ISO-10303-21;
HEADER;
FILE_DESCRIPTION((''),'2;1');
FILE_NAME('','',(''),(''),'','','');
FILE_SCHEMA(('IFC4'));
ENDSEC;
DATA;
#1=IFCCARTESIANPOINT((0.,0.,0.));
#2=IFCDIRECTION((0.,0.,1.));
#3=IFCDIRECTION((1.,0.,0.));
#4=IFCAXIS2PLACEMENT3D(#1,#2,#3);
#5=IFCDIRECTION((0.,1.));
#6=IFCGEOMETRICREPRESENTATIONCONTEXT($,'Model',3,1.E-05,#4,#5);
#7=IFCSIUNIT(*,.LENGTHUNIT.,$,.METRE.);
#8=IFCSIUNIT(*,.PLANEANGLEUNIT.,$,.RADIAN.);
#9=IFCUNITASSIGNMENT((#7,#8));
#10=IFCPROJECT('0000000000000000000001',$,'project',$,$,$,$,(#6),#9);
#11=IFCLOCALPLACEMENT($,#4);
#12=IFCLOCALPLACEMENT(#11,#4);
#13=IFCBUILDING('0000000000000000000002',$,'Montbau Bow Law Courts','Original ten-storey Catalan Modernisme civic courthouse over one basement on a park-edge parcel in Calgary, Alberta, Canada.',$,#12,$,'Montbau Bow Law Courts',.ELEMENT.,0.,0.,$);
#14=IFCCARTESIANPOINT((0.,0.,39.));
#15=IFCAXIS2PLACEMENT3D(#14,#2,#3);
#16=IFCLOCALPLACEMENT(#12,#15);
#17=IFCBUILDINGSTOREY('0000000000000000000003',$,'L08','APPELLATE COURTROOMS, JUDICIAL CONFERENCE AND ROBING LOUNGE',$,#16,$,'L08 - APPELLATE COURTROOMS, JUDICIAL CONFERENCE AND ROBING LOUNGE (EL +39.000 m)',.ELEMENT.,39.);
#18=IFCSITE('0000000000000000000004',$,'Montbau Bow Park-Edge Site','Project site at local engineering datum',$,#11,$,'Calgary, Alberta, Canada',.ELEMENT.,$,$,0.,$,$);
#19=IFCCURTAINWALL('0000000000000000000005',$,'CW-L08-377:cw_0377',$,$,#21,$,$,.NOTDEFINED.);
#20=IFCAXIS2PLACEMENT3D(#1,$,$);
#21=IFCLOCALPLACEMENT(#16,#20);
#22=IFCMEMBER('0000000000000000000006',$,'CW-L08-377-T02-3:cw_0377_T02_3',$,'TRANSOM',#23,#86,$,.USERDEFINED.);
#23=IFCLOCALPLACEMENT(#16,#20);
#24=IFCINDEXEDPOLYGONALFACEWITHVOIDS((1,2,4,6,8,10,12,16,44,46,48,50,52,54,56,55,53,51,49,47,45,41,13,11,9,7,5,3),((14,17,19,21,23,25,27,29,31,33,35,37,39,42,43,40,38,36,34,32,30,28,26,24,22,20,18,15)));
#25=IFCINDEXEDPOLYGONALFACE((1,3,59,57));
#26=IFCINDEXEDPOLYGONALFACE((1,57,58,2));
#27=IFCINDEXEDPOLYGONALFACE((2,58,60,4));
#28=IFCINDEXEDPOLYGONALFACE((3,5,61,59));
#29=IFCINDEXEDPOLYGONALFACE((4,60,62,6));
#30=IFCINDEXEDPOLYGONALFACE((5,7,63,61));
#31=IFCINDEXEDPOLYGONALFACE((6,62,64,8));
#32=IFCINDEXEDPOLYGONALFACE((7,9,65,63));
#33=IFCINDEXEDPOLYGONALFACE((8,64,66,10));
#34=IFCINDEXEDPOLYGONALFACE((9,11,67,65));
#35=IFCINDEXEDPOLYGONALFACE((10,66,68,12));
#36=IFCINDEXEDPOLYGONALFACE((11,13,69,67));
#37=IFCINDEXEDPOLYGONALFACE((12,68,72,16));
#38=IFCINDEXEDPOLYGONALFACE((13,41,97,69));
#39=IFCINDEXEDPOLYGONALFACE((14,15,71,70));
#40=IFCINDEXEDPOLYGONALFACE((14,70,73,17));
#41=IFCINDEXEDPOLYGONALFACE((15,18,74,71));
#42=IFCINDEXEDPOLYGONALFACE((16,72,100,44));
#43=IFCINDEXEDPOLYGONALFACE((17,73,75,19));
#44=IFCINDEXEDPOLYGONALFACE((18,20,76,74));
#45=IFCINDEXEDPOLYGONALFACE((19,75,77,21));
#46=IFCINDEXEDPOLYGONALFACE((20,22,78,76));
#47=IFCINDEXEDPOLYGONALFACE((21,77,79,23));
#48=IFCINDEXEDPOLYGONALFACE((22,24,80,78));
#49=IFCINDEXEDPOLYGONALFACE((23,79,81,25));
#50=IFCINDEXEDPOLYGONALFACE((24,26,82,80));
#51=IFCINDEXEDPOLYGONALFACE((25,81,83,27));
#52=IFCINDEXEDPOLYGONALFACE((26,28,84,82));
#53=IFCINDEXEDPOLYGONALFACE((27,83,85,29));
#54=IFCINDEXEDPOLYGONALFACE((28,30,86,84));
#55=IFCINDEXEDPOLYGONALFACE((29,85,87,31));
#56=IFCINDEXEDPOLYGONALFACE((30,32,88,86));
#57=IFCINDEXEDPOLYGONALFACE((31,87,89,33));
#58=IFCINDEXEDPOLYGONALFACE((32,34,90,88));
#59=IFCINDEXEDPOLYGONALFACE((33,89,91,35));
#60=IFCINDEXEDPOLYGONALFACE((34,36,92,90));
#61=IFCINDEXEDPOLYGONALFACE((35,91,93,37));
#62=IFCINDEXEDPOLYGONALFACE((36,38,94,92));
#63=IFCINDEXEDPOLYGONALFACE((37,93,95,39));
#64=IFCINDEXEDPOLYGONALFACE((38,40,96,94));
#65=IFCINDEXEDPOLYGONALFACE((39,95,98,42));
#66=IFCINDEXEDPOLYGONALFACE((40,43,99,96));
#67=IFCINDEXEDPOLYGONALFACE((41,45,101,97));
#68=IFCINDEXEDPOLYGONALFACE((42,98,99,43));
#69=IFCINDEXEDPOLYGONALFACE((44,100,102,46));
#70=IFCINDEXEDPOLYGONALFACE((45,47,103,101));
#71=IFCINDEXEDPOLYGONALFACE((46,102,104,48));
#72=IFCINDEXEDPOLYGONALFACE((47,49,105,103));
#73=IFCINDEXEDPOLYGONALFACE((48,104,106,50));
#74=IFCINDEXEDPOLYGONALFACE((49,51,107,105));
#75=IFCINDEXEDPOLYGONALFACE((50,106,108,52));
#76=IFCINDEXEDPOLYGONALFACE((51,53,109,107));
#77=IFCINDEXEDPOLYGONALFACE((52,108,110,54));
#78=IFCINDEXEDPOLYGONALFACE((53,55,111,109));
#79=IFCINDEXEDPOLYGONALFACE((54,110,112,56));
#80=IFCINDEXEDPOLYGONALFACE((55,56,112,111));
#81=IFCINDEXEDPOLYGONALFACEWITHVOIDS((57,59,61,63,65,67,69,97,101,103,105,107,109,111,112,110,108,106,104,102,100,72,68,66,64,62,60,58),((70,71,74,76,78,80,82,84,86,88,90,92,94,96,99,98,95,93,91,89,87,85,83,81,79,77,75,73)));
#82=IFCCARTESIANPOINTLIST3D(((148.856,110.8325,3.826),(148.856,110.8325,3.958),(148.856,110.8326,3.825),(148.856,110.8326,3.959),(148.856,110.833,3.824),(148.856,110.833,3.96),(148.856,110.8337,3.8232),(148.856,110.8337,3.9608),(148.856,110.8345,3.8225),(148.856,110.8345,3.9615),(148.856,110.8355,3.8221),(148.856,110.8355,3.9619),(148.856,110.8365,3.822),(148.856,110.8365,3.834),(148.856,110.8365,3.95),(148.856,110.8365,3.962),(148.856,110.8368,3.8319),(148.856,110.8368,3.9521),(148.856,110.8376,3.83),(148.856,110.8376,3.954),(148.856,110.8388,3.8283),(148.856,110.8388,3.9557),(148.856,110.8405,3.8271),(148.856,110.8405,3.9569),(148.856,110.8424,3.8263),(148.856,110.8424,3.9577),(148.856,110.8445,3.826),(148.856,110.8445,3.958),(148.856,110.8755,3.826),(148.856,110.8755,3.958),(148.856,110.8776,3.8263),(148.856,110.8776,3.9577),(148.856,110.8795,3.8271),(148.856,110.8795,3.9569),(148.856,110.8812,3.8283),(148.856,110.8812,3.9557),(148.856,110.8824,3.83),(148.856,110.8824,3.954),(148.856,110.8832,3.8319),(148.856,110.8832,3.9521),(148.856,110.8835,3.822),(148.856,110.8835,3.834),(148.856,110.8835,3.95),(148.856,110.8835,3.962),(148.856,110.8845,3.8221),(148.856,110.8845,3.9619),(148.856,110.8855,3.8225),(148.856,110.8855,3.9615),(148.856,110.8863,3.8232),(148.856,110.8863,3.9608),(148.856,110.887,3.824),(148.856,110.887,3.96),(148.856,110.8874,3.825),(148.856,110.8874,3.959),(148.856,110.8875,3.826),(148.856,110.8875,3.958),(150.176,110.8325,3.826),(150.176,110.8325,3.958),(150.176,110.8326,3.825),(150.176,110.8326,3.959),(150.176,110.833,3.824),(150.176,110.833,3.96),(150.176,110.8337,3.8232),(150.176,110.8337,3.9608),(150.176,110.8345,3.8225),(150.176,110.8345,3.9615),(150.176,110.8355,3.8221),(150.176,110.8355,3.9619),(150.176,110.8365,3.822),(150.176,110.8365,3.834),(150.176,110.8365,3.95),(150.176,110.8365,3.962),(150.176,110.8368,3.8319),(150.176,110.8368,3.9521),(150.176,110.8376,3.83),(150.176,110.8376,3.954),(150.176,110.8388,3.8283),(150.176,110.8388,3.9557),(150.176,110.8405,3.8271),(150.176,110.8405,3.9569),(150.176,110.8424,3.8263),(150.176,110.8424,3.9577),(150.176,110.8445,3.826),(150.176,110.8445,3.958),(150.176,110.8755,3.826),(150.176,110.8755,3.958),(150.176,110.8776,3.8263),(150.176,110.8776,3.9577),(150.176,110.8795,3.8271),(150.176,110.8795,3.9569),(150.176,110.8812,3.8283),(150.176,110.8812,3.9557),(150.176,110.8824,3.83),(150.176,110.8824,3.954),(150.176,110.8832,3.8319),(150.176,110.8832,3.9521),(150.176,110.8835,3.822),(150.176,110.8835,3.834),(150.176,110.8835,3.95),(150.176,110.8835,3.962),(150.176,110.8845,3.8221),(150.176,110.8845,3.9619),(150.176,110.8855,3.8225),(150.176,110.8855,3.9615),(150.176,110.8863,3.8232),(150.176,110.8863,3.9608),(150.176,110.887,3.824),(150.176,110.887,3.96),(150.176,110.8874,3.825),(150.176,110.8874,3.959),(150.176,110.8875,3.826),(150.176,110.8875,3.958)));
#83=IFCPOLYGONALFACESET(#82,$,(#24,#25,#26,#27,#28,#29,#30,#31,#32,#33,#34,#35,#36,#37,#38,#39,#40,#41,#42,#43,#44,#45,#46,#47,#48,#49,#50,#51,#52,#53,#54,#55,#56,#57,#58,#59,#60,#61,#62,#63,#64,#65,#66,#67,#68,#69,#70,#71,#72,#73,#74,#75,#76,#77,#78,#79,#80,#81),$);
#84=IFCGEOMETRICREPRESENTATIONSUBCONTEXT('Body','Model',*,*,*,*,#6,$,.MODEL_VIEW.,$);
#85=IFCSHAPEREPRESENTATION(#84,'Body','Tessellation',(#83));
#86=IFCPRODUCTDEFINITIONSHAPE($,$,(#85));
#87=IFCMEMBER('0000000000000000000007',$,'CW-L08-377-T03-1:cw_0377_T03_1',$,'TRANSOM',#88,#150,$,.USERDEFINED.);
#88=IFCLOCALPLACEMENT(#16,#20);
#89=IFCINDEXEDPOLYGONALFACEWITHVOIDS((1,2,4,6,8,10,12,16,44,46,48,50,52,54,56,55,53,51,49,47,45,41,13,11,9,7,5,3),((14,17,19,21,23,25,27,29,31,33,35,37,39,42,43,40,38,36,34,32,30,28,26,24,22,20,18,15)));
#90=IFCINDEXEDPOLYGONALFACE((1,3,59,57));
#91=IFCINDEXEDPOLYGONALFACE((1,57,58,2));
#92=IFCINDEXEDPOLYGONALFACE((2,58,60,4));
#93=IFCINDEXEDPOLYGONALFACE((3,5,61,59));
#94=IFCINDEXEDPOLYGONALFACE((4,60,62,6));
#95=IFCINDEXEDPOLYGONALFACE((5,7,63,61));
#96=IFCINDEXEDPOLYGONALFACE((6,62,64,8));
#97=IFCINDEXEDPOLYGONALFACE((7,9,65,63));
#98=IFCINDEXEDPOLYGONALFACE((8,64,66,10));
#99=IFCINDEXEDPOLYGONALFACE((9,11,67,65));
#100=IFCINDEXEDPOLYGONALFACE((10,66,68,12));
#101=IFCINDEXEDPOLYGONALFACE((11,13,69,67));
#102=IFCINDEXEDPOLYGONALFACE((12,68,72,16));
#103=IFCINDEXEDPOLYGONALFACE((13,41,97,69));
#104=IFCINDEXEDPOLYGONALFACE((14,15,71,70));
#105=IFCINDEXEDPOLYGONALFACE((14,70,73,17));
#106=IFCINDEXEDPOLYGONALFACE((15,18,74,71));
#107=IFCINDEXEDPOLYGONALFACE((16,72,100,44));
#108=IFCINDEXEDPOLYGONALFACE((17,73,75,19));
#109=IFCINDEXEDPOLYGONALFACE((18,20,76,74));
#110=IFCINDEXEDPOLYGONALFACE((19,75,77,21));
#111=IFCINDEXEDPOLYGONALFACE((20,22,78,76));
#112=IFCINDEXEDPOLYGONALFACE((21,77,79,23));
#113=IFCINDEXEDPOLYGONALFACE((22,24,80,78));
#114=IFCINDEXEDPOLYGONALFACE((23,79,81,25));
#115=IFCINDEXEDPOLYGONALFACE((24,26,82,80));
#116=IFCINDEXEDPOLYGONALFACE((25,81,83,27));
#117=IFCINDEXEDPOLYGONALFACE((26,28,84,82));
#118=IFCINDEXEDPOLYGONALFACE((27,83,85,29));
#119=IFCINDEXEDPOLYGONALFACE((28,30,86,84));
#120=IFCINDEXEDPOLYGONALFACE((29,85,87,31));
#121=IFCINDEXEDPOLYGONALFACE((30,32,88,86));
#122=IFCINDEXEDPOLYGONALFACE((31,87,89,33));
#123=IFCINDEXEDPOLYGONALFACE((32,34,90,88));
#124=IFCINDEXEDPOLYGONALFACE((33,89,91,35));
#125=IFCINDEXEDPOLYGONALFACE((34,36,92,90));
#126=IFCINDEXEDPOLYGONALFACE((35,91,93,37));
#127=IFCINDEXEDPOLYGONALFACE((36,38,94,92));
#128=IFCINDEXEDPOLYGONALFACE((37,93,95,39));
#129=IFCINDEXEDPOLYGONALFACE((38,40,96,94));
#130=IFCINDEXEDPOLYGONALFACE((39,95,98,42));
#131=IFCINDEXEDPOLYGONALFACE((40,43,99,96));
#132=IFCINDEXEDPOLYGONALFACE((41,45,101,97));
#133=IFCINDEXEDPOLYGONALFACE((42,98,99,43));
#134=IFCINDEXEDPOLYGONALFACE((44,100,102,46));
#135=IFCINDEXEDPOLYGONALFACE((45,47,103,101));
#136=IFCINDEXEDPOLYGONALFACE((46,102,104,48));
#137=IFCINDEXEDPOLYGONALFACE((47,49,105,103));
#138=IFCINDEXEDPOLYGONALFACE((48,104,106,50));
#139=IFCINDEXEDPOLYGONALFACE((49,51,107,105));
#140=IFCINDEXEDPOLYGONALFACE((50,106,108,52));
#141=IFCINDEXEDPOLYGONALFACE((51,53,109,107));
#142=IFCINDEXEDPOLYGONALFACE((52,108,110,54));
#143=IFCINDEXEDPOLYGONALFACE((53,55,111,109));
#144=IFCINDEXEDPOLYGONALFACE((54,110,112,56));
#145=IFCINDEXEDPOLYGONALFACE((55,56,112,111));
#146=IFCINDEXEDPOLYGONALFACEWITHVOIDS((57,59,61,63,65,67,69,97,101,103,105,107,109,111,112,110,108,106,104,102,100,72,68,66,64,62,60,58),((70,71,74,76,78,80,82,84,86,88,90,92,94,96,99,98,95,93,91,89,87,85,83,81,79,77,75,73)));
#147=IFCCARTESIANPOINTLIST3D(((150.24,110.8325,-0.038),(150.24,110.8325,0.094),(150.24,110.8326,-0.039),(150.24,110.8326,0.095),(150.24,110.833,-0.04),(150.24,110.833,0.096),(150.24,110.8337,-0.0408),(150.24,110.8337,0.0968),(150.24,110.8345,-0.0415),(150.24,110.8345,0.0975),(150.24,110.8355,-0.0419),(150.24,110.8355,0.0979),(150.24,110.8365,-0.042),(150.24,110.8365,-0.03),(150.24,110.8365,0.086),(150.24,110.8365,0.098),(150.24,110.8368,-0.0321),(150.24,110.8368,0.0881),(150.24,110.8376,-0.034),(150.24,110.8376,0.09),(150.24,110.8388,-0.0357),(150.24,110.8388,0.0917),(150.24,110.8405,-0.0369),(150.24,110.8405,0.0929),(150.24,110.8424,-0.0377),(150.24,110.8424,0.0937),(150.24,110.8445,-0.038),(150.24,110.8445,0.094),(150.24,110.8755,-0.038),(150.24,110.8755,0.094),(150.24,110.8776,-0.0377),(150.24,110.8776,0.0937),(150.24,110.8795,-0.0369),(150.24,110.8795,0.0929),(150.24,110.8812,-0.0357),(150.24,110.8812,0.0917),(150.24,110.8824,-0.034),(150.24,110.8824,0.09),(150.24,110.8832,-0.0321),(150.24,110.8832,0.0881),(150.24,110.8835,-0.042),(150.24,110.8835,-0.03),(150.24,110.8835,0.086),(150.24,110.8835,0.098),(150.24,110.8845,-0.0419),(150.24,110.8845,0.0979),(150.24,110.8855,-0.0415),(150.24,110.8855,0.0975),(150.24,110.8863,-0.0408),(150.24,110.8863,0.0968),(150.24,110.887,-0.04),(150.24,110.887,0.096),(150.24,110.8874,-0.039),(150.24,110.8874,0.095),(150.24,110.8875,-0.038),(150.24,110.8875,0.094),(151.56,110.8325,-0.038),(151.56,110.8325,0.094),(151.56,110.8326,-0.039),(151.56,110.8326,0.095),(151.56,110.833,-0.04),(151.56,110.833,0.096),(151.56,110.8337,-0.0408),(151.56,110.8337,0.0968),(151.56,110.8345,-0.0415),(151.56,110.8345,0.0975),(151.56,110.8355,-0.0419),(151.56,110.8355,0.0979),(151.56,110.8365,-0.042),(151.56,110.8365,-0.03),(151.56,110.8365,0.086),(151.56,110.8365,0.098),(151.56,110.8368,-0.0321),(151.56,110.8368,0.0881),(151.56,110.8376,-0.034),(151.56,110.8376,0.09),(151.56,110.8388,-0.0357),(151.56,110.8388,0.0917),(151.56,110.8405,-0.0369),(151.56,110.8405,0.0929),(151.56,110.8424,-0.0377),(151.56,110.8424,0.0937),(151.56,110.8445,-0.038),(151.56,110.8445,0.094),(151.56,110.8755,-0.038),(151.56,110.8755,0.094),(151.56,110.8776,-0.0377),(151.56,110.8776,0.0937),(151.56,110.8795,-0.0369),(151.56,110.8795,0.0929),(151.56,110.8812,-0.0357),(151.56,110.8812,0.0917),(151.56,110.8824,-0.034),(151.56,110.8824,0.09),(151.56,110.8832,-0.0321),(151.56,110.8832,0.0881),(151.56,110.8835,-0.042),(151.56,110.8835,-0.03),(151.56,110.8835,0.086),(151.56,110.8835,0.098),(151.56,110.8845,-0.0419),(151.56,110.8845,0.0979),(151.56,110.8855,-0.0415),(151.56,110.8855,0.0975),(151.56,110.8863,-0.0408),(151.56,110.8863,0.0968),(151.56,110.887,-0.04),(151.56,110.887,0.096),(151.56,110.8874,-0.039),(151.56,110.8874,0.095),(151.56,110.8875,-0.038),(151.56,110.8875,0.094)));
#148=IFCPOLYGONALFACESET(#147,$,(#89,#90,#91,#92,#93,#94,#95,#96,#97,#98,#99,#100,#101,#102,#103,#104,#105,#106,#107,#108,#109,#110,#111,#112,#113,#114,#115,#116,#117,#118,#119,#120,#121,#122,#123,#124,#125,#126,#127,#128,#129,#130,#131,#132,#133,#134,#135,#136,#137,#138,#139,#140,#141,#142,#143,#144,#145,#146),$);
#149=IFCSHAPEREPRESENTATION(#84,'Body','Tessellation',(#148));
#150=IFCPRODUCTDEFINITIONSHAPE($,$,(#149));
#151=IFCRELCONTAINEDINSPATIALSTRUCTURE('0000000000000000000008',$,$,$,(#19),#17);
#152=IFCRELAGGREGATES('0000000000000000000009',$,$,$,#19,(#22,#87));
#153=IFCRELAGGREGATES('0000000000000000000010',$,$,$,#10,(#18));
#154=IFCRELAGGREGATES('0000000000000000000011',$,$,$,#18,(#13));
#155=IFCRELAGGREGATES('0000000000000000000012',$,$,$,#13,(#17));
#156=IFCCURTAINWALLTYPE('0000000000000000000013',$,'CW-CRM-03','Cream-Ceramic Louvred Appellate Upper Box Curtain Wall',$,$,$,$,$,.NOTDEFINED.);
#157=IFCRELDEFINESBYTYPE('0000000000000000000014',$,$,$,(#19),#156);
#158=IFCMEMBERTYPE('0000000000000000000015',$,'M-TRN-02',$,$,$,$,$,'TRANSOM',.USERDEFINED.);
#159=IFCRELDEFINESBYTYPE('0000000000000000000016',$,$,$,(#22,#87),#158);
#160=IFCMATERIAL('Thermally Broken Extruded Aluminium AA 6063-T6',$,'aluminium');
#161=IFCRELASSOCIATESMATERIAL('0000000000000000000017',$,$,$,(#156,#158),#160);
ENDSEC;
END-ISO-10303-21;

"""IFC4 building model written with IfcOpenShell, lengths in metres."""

from ifc_helpers import new_model, si_unit, direction, frame, origin_with_axes, origin_2d_with_axis, place, context, subcontext, project, spatial, hollow_rectangle, extrude, material, material_profile, profile_set, type_object, element, aggregate, save


model = new_model("IFC4")

# Units and contexts
model_context = context("Model", 3, precision=1e-05, world=origin_with_axes(), true_north=direction((0.0, 1.0)))
body_context = subcontext(model_context, "Body", "Model", "MODEL_VIEW")
ifc_project = project(units=[si_unit("LENGTHUNIT", "METRE"), si_unit("PLANEANGLEUNIT", "RADIAN")], contexts=[model_context])

# Site, building, storey
site_placement = place(None, origin_with_axes())
site = spatial("IfcSite", under=ifc_project, at=site_placement, Name="Montbau Bow Park-Edge Site", Description="Project site at local engineering datum", LongName="Calgary, Alberta, Canada", CompositionType="ELEMENT", RefElevation=0.0)
building_placement = place(site_placement, origin_with_axes())
building = spatial("IfcBuilding", under=site, at=building_placement, Name="Montbau Bow Law Courts", Description="Original ten-storey Catalan Modernisme civic courthouse over one basement on a park-edge parcel in Calgary, Alberta, Canada.", LongName="Montbau Bow Law Courts", CompositionType="ELEMENT", ElevationOfRefHeight=0.0, ElevationOfTerrain=0.0)
storey_placement = place(building_placement, frame((0.0, 0.0, 39.0), z_axis=(0.0, 0.0, 1.0), x_axis=(1.0, 0.0, 0.0)))
storey = spatial("IfcBuildingStorey", under=building, at=storey_placement, Name="L08", Description="APPELLATE COURTROOMS, JUDICIAL CONFERENCE AND ROBING LOUNGE", LongName="L08 - APPELLATE COURTROOMS, JUDICIAL CONFERENCE AND ROBING LOUNGE (EL +39.000 m)", CompositionType="ELEMENT", Elevation=39.0)

# Curtain wall, members
ifc_material_1 = material(Name="Thermally Broken Extruded Aluminium AA 6063-T6", Category="aluminium")
curtain_wall_type = type_object("IfcCurtainWallType", Name="CW-CRM-03", Description="Cream-Ceramic Louvred Appellate Upper Box Curtain Wall", PredefinedType="NOTDEFINED", material=ifc_material_1)
curtain_wall_placement = place(None, frame((147.44, 110.86, 39.0), z_axis=(0.0, 0.0, 1.0), x_axis=(1.0, 0.0, 0.0)))
curtain_wall = element("IfcCurtainWall", 1, at=curtain_wall_placement, inside=storey, type_object=curtain_wall_type, Name="CW-L08-377:cw_0377", PredefinedType="NOTDEFINED")
ifc_material_profile_1 = material_profile(ifc_material_1, hollow_rectangle(XDim=0.055, YDim=0.14, WallThickness=0.004, InnerFilletRadius=0.008, OuterFilletRadius=0.004, at=origin_2d_with_axis()), Name="CWT-140X55", Category="Main", Priority=0)
ifc_profile_set_1 = profile_set([ifc_material_profile_1], Name="Thermally Broken Extruded Aluminium AA 6063-T6")
member_type_1 = type_object("IfcMemberType", Name="M-TRN-02", ElementType="TRANSOM", PredefinedType="USERDEFINED", material=ifc_profile_set_1)
member_1_placement = place(None, frame((148.856, 110.86, 42.892), z_axis=(1.0, 0.0, 0.0), x_axis=(0.0, 1.0, 0.0)))
member_1 = element("IfcMember", 2, at=member_1_placement, type_object=member_type_1, Name="CW-L08-377-T02-3:cw_0377_T02_3", ObjectType="TRANSOM", PredefinedType="USERDEFINED", context=body_context, shape_type="SweptSolid", body=[
    extrude(hollow_rectangle(XDim=0.055, YDim=0.14, WallThickness=0.004, InnerFilletRadius=0.008, OuterFilletRadius=0.004, at=origin_2d_with_axis()), origin_with_axes(), (0.0, 0.0, 1.0), 1.32),
])
member_2_placement = place(None, frame((150.24, 110.86, 39.028), z_axis=(1.0, 0.0, 0.0), x_axis=(0.0, 1.0, 0.0)))
member_2 = element("IfcMember", 3, at=member_2_placement, type_object=member_type_1, Name="CW-L08-377-T03-1:cw_0377_T03_1", ObjectType="TRANSOM", PredefinedType="USERDEFINED", context=body_context, shape_type="SweptSolid", body=[
    extrude(hollow_rectangle(XDim=0.055, YDim=0.14, WallThickness=0.004, InnerFilletRadius=0.008, OuterFilletRadius=0.004, at=origin_2d_with_axis()), origin_with_axes(), (0.0, 0.0, 1.0), 1.32),
])
aggregate(curtain_wall, [member_1, member_2])

save(model, "model.ifc")
